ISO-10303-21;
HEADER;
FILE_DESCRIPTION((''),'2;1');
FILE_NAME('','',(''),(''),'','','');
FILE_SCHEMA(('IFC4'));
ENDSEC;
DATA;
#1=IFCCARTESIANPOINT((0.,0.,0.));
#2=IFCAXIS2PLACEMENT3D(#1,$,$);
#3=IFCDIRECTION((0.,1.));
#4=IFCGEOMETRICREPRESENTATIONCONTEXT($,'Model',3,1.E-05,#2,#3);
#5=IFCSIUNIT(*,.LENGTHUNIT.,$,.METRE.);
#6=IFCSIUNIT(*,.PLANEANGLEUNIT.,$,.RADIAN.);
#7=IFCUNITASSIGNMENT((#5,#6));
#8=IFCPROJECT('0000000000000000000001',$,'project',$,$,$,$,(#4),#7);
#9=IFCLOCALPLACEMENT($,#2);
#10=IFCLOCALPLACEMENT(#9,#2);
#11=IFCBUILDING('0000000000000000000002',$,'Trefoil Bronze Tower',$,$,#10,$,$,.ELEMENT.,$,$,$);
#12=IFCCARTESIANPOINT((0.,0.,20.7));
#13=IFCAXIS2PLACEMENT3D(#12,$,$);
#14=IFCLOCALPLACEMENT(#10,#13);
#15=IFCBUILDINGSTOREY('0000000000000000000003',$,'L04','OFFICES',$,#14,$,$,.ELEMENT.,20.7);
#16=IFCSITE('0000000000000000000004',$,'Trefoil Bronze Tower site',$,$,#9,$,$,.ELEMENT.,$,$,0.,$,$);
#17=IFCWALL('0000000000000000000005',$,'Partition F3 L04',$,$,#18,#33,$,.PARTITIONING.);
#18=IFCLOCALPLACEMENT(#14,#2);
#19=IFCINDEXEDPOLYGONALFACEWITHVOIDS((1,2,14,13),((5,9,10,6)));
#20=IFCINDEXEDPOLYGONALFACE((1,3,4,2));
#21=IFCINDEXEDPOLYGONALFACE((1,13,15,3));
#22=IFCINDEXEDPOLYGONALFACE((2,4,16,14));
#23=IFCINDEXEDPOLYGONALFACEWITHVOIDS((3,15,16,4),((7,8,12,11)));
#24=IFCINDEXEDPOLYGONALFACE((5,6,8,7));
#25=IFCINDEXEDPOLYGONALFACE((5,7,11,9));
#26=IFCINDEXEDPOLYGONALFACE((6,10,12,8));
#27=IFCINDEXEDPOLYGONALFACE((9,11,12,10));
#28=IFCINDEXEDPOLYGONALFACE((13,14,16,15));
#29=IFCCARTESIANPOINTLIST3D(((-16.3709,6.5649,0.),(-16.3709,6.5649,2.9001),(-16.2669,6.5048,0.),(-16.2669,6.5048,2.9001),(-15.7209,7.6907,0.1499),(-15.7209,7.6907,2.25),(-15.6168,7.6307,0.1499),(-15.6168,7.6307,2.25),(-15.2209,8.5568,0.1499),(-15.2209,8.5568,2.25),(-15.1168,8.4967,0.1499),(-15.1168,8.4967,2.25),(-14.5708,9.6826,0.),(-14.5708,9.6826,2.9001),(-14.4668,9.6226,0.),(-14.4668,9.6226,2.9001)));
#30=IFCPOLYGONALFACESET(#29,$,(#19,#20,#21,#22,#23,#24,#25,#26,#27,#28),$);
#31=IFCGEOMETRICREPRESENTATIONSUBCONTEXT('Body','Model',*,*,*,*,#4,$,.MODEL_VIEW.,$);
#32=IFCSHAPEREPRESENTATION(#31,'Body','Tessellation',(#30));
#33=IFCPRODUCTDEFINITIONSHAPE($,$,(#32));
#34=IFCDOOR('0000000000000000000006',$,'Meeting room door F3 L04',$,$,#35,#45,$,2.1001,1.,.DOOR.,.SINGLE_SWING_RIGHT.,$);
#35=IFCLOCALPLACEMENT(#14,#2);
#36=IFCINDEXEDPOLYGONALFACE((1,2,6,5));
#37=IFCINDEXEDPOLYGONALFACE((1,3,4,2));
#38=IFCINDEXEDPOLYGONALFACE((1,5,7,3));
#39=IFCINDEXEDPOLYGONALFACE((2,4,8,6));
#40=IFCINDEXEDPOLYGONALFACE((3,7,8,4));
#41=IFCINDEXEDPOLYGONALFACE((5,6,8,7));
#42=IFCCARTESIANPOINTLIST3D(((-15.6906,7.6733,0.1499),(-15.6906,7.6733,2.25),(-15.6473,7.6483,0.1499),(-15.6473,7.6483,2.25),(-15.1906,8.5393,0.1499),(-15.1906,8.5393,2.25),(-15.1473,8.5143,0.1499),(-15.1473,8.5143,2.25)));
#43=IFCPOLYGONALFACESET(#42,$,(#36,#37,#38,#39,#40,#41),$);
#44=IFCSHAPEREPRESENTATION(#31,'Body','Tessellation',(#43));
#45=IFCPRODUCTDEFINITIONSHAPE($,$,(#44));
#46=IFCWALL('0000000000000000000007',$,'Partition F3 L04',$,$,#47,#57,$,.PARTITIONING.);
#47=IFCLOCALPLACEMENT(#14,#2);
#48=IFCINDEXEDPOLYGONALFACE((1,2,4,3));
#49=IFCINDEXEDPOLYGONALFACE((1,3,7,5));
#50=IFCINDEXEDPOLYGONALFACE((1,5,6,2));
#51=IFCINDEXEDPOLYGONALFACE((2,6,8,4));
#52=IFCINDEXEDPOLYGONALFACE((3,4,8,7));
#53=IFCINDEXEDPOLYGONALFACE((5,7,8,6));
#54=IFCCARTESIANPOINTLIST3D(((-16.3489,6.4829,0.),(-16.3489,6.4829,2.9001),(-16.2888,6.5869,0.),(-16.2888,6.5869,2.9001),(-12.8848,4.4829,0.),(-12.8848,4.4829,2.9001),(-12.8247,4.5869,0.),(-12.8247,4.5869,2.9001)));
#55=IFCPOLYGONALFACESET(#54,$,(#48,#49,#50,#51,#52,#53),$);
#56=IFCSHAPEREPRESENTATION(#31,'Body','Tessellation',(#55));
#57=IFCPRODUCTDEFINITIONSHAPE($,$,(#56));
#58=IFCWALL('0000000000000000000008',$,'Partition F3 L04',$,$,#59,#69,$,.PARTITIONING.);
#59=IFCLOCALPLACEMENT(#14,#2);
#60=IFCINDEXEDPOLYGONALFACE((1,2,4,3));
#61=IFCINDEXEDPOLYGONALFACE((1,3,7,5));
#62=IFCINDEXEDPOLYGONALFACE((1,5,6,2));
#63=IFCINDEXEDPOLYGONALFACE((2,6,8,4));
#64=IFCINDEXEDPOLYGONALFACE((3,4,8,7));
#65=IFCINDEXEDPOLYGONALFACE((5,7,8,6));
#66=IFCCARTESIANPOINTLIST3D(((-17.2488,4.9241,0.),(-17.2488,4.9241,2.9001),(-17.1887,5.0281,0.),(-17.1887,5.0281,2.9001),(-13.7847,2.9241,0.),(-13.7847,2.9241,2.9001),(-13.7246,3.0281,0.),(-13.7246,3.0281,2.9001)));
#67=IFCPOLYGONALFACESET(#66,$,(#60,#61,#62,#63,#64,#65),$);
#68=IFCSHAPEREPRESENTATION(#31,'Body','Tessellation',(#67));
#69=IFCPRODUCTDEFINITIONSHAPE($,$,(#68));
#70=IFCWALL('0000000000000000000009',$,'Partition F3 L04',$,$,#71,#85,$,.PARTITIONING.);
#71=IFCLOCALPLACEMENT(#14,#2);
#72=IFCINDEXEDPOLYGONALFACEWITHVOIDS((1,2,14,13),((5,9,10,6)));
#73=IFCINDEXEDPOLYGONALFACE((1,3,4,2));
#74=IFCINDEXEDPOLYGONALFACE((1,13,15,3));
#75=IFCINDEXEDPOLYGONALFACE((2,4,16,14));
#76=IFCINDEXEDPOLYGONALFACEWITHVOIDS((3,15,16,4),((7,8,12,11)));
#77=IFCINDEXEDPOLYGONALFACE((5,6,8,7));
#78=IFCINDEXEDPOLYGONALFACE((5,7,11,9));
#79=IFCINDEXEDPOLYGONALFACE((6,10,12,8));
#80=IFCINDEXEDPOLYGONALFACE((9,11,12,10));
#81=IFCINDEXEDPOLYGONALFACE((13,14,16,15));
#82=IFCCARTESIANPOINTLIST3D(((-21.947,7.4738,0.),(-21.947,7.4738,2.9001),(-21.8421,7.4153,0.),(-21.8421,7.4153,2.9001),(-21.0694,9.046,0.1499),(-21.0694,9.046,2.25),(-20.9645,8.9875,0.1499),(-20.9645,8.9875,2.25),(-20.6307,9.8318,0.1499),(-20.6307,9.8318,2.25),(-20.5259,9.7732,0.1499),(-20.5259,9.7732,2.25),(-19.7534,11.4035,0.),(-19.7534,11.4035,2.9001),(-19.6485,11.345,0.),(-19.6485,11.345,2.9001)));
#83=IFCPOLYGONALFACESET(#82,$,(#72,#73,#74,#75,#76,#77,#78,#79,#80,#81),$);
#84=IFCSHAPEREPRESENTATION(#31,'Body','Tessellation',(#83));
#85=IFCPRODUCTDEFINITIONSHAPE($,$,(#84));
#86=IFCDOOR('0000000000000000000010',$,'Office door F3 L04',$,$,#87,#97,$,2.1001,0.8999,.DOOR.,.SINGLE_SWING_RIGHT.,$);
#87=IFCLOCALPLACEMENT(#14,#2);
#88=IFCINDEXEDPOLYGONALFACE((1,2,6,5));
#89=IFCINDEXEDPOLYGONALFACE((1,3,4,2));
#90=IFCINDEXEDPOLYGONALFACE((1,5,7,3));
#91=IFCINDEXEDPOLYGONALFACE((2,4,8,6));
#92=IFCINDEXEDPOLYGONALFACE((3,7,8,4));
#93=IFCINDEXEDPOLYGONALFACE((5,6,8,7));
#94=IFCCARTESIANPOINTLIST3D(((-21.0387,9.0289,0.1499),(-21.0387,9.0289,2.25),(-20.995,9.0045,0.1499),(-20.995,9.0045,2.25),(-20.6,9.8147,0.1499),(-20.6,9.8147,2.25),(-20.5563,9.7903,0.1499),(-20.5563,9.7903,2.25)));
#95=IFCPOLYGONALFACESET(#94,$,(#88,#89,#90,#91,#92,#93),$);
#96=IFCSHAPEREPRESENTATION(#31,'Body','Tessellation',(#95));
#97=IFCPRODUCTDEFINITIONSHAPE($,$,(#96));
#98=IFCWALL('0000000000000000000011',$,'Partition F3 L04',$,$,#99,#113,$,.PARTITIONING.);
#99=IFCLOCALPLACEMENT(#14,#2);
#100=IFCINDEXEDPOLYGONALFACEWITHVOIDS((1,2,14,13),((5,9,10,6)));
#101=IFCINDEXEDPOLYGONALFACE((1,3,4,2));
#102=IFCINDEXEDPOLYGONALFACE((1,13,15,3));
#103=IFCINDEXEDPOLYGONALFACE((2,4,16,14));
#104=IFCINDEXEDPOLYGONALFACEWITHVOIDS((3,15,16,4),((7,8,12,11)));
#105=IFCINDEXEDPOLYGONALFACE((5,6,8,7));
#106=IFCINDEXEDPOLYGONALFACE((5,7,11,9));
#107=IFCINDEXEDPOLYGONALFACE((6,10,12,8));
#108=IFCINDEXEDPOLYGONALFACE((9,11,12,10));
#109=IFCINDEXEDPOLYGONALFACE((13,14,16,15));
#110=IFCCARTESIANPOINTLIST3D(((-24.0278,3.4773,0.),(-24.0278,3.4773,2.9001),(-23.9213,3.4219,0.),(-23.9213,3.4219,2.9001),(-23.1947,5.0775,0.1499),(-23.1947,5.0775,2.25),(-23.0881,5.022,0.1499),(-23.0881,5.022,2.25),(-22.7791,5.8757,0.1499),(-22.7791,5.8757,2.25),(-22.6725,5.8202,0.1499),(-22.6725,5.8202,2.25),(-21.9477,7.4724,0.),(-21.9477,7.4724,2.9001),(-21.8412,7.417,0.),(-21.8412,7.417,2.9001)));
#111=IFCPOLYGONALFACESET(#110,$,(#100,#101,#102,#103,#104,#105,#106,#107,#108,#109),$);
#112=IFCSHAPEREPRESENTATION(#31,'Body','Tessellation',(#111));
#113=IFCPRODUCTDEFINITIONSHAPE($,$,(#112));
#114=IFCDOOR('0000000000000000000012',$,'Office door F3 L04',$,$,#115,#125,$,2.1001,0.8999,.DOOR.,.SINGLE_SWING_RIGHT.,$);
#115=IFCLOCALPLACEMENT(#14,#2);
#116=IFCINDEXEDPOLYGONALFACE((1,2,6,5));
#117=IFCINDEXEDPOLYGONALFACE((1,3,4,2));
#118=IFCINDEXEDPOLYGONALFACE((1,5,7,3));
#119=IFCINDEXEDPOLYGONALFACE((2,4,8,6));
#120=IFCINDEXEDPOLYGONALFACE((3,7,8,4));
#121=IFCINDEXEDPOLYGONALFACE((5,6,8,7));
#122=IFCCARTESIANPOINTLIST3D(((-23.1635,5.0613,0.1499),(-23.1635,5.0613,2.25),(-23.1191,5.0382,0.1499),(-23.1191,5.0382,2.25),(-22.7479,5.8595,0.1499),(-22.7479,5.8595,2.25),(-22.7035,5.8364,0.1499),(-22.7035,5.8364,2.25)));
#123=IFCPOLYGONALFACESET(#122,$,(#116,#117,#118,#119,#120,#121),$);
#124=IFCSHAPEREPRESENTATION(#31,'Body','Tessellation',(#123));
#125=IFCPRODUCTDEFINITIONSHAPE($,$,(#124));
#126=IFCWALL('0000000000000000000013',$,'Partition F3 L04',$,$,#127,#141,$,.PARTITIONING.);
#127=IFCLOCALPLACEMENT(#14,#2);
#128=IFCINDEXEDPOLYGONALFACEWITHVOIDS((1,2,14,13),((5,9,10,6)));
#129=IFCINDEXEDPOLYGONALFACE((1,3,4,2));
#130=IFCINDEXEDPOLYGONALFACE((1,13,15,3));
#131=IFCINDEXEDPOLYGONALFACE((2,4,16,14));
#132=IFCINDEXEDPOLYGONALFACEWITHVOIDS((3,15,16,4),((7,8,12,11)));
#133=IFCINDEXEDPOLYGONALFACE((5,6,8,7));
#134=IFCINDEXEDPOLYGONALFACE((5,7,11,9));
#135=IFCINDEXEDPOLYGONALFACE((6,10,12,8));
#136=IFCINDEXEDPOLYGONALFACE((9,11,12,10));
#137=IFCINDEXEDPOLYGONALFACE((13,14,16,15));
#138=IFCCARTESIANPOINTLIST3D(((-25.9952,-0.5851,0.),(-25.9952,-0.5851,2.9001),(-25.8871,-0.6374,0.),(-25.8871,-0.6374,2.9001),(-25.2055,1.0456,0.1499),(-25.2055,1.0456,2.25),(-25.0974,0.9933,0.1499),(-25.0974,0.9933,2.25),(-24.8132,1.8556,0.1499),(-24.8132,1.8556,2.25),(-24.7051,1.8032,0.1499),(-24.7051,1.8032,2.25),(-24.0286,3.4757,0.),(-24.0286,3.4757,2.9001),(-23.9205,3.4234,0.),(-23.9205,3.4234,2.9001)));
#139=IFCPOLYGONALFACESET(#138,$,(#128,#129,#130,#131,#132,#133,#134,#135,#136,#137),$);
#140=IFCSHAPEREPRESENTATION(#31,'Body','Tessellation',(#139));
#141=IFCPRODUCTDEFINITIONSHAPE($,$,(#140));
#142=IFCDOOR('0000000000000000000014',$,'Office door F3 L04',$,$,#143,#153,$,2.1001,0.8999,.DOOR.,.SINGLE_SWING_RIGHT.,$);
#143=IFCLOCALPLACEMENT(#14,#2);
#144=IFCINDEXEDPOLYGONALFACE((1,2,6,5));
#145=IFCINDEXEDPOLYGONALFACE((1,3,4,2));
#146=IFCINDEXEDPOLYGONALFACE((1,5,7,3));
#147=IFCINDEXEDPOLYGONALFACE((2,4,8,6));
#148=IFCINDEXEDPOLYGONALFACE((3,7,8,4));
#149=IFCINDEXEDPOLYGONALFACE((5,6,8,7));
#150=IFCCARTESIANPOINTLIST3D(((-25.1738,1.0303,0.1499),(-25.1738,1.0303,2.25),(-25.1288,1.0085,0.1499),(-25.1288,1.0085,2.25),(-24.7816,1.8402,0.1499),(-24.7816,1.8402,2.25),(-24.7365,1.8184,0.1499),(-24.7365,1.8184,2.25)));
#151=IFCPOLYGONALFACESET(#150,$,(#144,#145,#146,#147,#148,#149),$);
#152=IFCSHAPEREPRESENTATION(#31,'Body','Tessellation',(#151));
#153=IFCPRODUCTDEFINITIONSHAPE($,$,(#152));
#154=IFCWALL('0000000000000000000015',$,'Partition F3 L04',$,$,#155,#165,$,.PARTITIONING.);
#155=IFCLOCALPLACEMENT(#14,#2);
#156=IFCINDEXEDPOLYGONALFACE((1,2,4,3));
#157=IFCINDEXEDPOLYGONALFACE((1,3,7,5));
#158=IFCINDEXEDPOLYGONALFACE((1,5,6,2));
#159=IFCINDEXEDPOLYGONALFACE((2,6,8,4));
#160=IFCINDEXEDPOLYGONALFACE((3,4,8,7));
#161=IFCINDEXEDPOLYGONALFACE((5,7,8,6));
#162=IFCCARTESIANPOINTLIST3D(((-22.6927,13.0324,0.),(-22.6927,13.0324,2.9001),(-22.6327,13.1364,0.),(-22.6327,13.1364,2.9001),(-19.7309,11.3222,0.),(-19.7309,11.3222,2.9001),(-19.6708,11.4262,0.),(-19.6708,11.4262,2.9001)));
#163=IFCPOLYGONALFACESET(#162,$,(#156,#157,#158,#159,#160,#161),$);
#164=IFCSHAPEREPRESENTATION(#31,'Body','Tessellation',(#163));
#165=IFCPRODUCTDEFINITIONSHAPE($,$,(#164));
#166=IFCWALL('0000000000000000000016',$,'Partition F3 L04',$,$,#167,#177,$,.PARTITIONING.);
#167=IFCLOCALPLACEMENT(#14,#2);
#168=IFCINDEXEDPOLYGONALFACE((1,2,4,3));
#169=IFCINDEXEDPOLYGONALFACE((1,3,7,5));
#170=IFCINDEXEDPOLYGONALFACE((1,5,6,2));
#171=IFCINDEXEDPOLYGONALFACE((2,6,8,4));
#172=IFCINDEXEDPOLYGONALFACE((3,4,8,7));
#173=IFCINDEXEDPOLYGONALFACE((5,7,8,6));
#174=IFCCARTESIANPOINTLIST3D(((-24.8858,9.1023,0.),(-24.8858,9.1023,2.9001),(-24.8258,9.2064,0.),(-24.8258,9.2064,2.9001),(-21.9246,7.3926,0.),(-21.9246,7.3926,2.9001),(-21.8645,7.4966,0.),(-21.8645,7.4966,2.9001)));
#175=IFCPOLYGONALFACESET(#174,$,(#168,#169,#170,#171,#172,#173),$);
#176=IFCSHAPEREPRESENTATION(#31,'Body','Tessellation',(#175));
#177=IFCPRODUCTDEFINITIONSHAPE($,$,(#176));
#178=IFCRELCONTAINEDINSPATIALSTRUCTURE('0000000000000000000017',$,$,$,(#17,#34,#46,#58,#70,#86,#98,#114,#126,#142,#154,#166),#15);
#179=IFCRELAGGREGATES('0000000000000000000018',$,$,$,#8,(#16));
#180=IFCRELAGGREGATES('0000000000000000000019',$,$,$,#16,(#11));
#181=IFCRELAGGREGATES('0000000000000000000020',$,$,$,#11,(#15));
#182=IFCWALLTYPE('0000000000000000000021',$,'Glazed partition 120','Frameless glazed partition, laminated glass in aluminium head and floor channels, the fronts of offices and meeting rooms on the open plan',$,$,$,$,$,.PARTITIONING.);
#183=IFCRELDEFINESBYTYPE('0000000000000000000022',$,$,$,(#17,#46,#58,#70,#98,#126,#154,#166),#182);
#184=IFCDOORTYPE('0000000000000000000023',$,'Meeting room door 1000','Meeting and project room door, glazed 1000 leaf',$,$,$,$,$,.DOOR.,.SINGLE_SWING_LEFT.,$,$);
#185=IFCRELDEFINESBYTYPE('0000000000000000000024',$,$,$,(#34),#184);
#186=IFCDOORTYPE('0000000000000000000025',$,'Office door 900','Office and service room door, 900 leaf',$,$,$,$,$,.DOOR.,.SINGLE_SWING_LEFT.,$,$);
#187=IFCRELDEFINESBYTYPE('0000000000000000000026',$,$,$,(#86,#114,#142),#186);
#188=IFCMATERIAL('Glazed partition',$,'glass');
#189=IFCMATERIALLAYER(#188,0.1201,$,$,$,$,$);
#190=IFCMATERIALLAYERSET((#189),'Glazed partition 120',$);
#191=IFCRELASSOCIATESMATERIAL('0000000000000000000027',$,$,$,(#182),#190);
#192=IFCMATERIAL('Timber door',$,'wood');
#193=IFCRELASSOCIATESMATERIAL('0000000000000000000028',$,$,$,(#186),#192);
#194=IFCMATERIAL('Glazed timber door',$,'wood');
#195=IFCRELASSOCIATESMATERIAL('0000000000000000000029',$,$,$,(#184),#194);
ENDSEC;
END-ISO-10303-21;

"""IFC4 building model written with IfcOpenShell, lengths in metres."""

from ifc_helpers import new_model, si_unit, direction, frame, frame_2d, origin, place, context, subcontext, project, spatial, rectangle, extrude, material, layer, layer_set, type_object, element, fill, save


model = new_model("IFC4")

# Units and contexts
model_context = context("Model", 3, precision=1e-05, world=origin(), true_north=direction((0.0, 1.0)))
body_context = subcontext(model_context, "Body", "Model", "MODEL_VIEW")
ifc_project = project(units=[si_unit("LENGTHUNIT", "METRE"), si_unit("PLANEANGLEUNIT", "RADIAN")], contexts=[model_context])

# Site, building, storey
site_placement = place(None, origin())
site = spatial("IfcSite", under=ifc_project, at=site_placement, Name="Trefoil Bronze Tower site", CompositionType="ELEMENT", RefElevation=0.0)
building_placement = place(site_placement, origin())
building = spatial("IfcBuilding", under=site, at=building_placement, Name="Trefoil Bronze Tower", CompositionType="ELEMENT")
storey_placement = place(building_placement, frame((0.0, 0.0, 20.7)))
storey = spatial("IfcBuildingStorey", under=building, at=storey_placement, Name="L04", Description="OFFICES", CompositionType="ELEMENT", Elevation=20.7)

# Wall, opening, door
ifc_material_1 = material(Name="Glazed partition", Category="glass")
ifc_layer_1 = layer(ifc_material_1, 0.1201)
ifc_layer_set_1 = layer_set([ifc_layer_1], Name="Glazed partition 120")
wall_type_1 = type_object("IfcWallType", Name="Glazed partition 120", Description="Frameless glazed partition, laminated glass in aluminium head and floor channels, the fronts of offices and meeting rooms on the open plan", PredefinedType="PARTITIONING", material=ifc_layer_set_1)
ifc_material_2 = material(Name="Timber door", Category="wood")
door_type_1 = type_object("IfcDoorType", Name="Office door 900", Description="Office and service room door, 900 leaf", OperationType="SINGLE_SWING_LEFT", PredefinedType="DOOR", material=ifc_material_2)
wall_1_placement = place(storey_placement, frame((-14.5188, 9.6526, 0.0), z_axis=(0.0, 0.0, 1.0), x_axis=(-0.500012, -0.866018, 0.0)))
wall_1 = element("IfcWall", 1, at=wall_1_placement, inside=storey, type_object=wall_type_1, Name="Partition F3 L04", PredefinedType="PARTITIONING", context=body_context, shape_type="SweptSolid", body=[
    extrude(rectangle(XDim=3.6001, YDim=0.1201, at=frame_2d((1.8, 0.0))), origin(), (0.0, 0.0, 1.0), 2.9001),
])
opening_1_placement = place(wall_1_placement, frame((1.3, 0.0, 0.1499)))
opening_1 = element("IfcOpeningElement", 2, at=opening_1_placement, cuts=wall_1, PredefinedType="OPENING", context=body_context, shape_type="SweptSolid", body=[
    extrude(rectangle(XDim=1.0, YDim=2.1001, at=frame_2d((0.5, 1.05))), frame((0.0, 0.0701, 0.0), z_axis=(0.0, -1.0, 0.0), x_axis=(1.0, 0.0, 0.0)), (0.0, 0.0, 1.0), 0.1401),
])
ifc_material_3 = material(Name="Glazed timber door", Category="wood")
door_type_2 = type_object("IfcDoorType", Name="Meeting room door 1000", Description="Meeting and project room door, glazed 1000 leaf", OperationType="SINGLE_SWING_LEFT", PredefinedType="DOOR", material=ifc_material_3)
door_1_placement = place(opening_1_placement, origin())
door_1 = element("IfcDoor", 3, at=door_1_placement, inside=storey, type_object=door_type_2, Name="Meeting room door F3 L04", OperationType="SINGLE_SWING_RIGHT", OverallHeight=2.1001, OverallWidth=1.0, PredefinedType="DOOR", context=body_context, shape_type="SweptSolid", body=[
    extrude(rectangle(XDim=1.0, YDim=2.1001, at=frame_2d((0.5, 1.05))), frame((0.0, 0.0249, 0.0), z_axis=(0.0, -1.0, 0.0), x_axis=(1.0, 0.0, 0.0)), (0.0, 0.0, 1.0), 0.05),
])
fill(opening_1, door_1)

# Walls
for number, where, z_axis, x_axis, name in (
    (4, (-12.8547, 4.5349, 0.0), (0.0, 0.0, 1.0), (-0.866026, 0.499999, 0.0), "Partition F3 L04"),
    (5, (-13.7546, 2.9761, 0.0), (0.0, 0.0, 1.0), (-0.866026, 0.499999, 0.0), "Partition F3 L04"),
):
    element("IfcWall", number, at=place(storey_placement, frame(where, z_axis=z_axis, x_axis=x_axis)), inside=storey, type_object=wall_type_1, Name=name, PredefinedType="PARTITIONING", context=body_context, shape_type="SweptSolid", body=[
        extrude(rectangle(XDim=4.0, YDim=0.1201, at=frame_2d((2.0, 0.0))), origin(), (0.0, 0.0, 1.0), 2.9001),
    ])

# Walls, openings, doors
wall_2_placement = place(storey_placement, frame((-19.7009, 11.3743, 0.0), z_axis=(0.0, 0.0, 1.0), x_axis=(-0.487415, -0.87317, 0.0)))
wall_2 = element("IfcWall", 6, at=wall_2_placement, inside=storey, type_object=wall_type_1, Name="Partition F3 L04", PredefinedType="PARTITIONING", context=body_context, shape_type="SweptSolid", body=[
    extrude(rectangle(XDim=4.5005, YDim=0.1201, at=frame_2d((2.2502, 0.0))), origin(), (0.0, 0.0, 1.0), 2.9001),
])
opening_2_placement = place(wall_2_placement, frame((1.8, 0.0, 0.1499)))
opening_2 = element("IfcOpeningElement", 7, at=opening_2_placement, cuts=wall_2, PredefinedType="OPENING", context=body_context, shape_type="SweptSolid", body=[
    extrude(rectangle(XDim=0.8999, YDim=2.1001, at=frame_2d((0.45, 1.05))), frame((0.0, 0.0701, 0.0), z_axis=(0.0, -1.0, 0.0), x_axis=(1.0, 0.0, 0.0)), (0.0, 0.0, 1.0), 0.1401),
])
door_2_placement = place(opening_2_placement, frame((0.8999, 0.0, 0.0), z_axis=(0.0, 0.0, 1.0), x_axis=(-1.0, 0.0, 0.0)))
door_2 = element("IfcDoor", 8, at=door_2_placement, inside=storey, type_object=door_type_1, Name="Office door F3 L04", OperationType="SINGLE_SWING_RIGHT", OverallHeight=2.1001, OverallWidth=0.8999, PredefinedType="DOOR", context=body_context, shape_type="SweptSolid", body=[
    extrude(rectangle(XDim=0.8999, YDim=2.1001, at=frame_2d((0.45, 1.05))), frame((0.0, 0.0249, 0.0), z_axis=(0.0, -1.0, 0.0), x_axis=(1.0, 0.0, 0.0)), (0.0, 0.0, 1.0), 0.05),
])
fill(opening_2, door_2)
wall_3_placement = place(storey_placement, frame((-21.8945, 7.4446, 0.0), z_axis=(0.0, 0.0, 1.0), x_axis=(-0.46181, -0.886979, 0.0)))
wall_3 = element("IfcWall", 9, at=wall_3_placement, inside=storey, type_object=wall_type_1, Name="Partition F3 L04", PredefinedType="PARTITIONING", context=body_context, shape_type="SweptSolid", body=[
    extrude(rectangle(XDim=4.5042, YDim=0.1201, at=frame_2d((2.252, 0.0))), origin(), (0.0, 0.0, 1.0), 2.9001),
])
opening_3_placement = place(wall_3_placement, frame((1.8, 0.0, 0.1499)))
opening_3 = element("IfcOpeningElement", 10, at=opening_3_placement, cuts=wall_3, PredefinedType="OPENING", context=body_context, shape_type="SweptSolid", body=[
    extrude(rectangle(XDim=0.8999, YDim=2.1001, at=frame_2d((0.45, 1.05))), frame((0.0, 0.0701, 0.0), z_axis=(0.0, -1.0, 0.0), x_axis=(1.0, 0.0, 0.0)), (0.0, 0.0, 1.0), 0.1401),
])
door_3_placement = place(opening_3_placement, frame((0.8999, 0.0, 0.0), z_axis=(0.0, 0.0, 1.0), x_axis=(-1.0, 0.0, 0.0)))
door_3 = element("IfcDoor", 11, at=door_3_placement, inside=storey, type_object=door_type_1, Name="Office door F3 L04", OperationType="SINGLE_SWING_RIGHT", OverallHeight=2.1001, OverallWidth=0.8999, PredefinedType="DOOR", context=body_context, shape_type="SweptSolid", body=[
    extrude(rectangle(XDim=0.8999, YDim=2.1001, at=frame_2d((0.45, 1.05))), frame((0.0, 0.0249, 0.0), z_axis=(0.0, -1.0, 0.0), x_axis=(1.0, 0.0, 0.0)), (0.0, 0.0, 1.0), 0.05),
])
fill(opening_3, door_3)
wall_4_placement = place(storey_placement, frame((-23.9746, 3.4495, 0.0), z_axis=(0.0, 0.0, 1.0), x_axis=(-0.435858, -0.900015, 0.0)))
wall_4 = element("IfcWall", 12, at=wall_4_placement, inside=storey, type_object=wall_type_1, Name="Partition F3 L04", PredefinedType="PARTITIONING", context=body_context, shape_type="SweptSolid", body=[
    extrude(rectangle(XDim=4.512, YDim=0.1201, at=frame_2d((2.2559, 0.0))), origin(), (0.0, 0.0, 1.0), 2.9001),
])
opening_4_placement = place(wall_4_placement, frame((1.8, 0.0, 0.1499)))
opening_4 = element("IfcOpeningElement", 13, at=opening_4_placement, cuts=wall_4, PredefinedType="OPENING", context=body_context, shape_type="SweptSolid", body=[
    extrude(rectangle(XDim=0.8999, YDim=2.1001, at=frame_2d((0.45, 1.05))), frame((0.0, 0.0701, 0.0), z_axis=(0.0, -1.0, 0.0), x_axis=(1.0, 0.0, 0.0)), (0.0, 0.0, 1.0), 0.1401),
])
door_4_placement = place(opening_4_placement, frame((0.8999, 0.0, 0.0), z_axis=(0.0, 0.0, 1.0), x_axis=(-1.0, 0.0, 0.0)))
door_4 = element("IfcDoor", 14, at=door_4_placement, inside=storey, type_object=door_type_1, Name="Office door F3 L04", OperationType="SINGLE_SWING_RIGHT", OverallHeight=2.1001, OverallWidth=0.8999, PredefinedType="DOOR", context=body_context, shape_type="SweptSolid", body=[
    extrude(rectangle(XDim=0.8999, YDim=2.1001, at=frame_2d((0.45, 1.05))), frame((0.0, 0.0249, 0.0), z_axis=(0.0, -1.0, 0.0), x_axis=(1.0, 0.0, 0.0)), (0.0, 0.0, 1.0), 0.05),
])
fill(opening_4, door_4)

# Walls
wall_5_placement = place(storey_placement, frame((-19.7009, 11.3743, 0.0), z_axis=(0.0, 0.0, 1.0), x_axis=(-0.866007, 0.500031, 0.0)))
element("IfcWall", 15, at=wall_5_placement, inside=storey, type_object=wall_type_1, Name="Partition F3 L04", PredefinedType="PARTITIONING", context=body_context, shape_type="SweptSolid", body=[
    extrude(rectangle(XDim=3.4202, YDim=0.1201, at=frame_2d((1.71, 0.0))), origin(), (0.0, 0.0, 1.0), 2.9001),
])
wall_6_placement = place(storey_placement, frame((-21.8945, 7.4446, 0.0), z_axis=(0.0, 0.0, 1.0), x_axis=(-0.866016, 0.500017, 0.0)))
element("IfcWall", 16, at=wall_6_placement, inside=storey, type_object=wall_type_1, Name="Partition F3 L04", PredefinedType="PARTITIONING", context=body_context, shape_type="SweptSolid", body=[
    extrude(rectangle(XDim=3.4194, YDim=0.1201, at=frame_2d((1.7097, 0.0))), origin(), (0.0, 0.0, 1.0), 2.9001),
])

save(model, "model.ifc")
